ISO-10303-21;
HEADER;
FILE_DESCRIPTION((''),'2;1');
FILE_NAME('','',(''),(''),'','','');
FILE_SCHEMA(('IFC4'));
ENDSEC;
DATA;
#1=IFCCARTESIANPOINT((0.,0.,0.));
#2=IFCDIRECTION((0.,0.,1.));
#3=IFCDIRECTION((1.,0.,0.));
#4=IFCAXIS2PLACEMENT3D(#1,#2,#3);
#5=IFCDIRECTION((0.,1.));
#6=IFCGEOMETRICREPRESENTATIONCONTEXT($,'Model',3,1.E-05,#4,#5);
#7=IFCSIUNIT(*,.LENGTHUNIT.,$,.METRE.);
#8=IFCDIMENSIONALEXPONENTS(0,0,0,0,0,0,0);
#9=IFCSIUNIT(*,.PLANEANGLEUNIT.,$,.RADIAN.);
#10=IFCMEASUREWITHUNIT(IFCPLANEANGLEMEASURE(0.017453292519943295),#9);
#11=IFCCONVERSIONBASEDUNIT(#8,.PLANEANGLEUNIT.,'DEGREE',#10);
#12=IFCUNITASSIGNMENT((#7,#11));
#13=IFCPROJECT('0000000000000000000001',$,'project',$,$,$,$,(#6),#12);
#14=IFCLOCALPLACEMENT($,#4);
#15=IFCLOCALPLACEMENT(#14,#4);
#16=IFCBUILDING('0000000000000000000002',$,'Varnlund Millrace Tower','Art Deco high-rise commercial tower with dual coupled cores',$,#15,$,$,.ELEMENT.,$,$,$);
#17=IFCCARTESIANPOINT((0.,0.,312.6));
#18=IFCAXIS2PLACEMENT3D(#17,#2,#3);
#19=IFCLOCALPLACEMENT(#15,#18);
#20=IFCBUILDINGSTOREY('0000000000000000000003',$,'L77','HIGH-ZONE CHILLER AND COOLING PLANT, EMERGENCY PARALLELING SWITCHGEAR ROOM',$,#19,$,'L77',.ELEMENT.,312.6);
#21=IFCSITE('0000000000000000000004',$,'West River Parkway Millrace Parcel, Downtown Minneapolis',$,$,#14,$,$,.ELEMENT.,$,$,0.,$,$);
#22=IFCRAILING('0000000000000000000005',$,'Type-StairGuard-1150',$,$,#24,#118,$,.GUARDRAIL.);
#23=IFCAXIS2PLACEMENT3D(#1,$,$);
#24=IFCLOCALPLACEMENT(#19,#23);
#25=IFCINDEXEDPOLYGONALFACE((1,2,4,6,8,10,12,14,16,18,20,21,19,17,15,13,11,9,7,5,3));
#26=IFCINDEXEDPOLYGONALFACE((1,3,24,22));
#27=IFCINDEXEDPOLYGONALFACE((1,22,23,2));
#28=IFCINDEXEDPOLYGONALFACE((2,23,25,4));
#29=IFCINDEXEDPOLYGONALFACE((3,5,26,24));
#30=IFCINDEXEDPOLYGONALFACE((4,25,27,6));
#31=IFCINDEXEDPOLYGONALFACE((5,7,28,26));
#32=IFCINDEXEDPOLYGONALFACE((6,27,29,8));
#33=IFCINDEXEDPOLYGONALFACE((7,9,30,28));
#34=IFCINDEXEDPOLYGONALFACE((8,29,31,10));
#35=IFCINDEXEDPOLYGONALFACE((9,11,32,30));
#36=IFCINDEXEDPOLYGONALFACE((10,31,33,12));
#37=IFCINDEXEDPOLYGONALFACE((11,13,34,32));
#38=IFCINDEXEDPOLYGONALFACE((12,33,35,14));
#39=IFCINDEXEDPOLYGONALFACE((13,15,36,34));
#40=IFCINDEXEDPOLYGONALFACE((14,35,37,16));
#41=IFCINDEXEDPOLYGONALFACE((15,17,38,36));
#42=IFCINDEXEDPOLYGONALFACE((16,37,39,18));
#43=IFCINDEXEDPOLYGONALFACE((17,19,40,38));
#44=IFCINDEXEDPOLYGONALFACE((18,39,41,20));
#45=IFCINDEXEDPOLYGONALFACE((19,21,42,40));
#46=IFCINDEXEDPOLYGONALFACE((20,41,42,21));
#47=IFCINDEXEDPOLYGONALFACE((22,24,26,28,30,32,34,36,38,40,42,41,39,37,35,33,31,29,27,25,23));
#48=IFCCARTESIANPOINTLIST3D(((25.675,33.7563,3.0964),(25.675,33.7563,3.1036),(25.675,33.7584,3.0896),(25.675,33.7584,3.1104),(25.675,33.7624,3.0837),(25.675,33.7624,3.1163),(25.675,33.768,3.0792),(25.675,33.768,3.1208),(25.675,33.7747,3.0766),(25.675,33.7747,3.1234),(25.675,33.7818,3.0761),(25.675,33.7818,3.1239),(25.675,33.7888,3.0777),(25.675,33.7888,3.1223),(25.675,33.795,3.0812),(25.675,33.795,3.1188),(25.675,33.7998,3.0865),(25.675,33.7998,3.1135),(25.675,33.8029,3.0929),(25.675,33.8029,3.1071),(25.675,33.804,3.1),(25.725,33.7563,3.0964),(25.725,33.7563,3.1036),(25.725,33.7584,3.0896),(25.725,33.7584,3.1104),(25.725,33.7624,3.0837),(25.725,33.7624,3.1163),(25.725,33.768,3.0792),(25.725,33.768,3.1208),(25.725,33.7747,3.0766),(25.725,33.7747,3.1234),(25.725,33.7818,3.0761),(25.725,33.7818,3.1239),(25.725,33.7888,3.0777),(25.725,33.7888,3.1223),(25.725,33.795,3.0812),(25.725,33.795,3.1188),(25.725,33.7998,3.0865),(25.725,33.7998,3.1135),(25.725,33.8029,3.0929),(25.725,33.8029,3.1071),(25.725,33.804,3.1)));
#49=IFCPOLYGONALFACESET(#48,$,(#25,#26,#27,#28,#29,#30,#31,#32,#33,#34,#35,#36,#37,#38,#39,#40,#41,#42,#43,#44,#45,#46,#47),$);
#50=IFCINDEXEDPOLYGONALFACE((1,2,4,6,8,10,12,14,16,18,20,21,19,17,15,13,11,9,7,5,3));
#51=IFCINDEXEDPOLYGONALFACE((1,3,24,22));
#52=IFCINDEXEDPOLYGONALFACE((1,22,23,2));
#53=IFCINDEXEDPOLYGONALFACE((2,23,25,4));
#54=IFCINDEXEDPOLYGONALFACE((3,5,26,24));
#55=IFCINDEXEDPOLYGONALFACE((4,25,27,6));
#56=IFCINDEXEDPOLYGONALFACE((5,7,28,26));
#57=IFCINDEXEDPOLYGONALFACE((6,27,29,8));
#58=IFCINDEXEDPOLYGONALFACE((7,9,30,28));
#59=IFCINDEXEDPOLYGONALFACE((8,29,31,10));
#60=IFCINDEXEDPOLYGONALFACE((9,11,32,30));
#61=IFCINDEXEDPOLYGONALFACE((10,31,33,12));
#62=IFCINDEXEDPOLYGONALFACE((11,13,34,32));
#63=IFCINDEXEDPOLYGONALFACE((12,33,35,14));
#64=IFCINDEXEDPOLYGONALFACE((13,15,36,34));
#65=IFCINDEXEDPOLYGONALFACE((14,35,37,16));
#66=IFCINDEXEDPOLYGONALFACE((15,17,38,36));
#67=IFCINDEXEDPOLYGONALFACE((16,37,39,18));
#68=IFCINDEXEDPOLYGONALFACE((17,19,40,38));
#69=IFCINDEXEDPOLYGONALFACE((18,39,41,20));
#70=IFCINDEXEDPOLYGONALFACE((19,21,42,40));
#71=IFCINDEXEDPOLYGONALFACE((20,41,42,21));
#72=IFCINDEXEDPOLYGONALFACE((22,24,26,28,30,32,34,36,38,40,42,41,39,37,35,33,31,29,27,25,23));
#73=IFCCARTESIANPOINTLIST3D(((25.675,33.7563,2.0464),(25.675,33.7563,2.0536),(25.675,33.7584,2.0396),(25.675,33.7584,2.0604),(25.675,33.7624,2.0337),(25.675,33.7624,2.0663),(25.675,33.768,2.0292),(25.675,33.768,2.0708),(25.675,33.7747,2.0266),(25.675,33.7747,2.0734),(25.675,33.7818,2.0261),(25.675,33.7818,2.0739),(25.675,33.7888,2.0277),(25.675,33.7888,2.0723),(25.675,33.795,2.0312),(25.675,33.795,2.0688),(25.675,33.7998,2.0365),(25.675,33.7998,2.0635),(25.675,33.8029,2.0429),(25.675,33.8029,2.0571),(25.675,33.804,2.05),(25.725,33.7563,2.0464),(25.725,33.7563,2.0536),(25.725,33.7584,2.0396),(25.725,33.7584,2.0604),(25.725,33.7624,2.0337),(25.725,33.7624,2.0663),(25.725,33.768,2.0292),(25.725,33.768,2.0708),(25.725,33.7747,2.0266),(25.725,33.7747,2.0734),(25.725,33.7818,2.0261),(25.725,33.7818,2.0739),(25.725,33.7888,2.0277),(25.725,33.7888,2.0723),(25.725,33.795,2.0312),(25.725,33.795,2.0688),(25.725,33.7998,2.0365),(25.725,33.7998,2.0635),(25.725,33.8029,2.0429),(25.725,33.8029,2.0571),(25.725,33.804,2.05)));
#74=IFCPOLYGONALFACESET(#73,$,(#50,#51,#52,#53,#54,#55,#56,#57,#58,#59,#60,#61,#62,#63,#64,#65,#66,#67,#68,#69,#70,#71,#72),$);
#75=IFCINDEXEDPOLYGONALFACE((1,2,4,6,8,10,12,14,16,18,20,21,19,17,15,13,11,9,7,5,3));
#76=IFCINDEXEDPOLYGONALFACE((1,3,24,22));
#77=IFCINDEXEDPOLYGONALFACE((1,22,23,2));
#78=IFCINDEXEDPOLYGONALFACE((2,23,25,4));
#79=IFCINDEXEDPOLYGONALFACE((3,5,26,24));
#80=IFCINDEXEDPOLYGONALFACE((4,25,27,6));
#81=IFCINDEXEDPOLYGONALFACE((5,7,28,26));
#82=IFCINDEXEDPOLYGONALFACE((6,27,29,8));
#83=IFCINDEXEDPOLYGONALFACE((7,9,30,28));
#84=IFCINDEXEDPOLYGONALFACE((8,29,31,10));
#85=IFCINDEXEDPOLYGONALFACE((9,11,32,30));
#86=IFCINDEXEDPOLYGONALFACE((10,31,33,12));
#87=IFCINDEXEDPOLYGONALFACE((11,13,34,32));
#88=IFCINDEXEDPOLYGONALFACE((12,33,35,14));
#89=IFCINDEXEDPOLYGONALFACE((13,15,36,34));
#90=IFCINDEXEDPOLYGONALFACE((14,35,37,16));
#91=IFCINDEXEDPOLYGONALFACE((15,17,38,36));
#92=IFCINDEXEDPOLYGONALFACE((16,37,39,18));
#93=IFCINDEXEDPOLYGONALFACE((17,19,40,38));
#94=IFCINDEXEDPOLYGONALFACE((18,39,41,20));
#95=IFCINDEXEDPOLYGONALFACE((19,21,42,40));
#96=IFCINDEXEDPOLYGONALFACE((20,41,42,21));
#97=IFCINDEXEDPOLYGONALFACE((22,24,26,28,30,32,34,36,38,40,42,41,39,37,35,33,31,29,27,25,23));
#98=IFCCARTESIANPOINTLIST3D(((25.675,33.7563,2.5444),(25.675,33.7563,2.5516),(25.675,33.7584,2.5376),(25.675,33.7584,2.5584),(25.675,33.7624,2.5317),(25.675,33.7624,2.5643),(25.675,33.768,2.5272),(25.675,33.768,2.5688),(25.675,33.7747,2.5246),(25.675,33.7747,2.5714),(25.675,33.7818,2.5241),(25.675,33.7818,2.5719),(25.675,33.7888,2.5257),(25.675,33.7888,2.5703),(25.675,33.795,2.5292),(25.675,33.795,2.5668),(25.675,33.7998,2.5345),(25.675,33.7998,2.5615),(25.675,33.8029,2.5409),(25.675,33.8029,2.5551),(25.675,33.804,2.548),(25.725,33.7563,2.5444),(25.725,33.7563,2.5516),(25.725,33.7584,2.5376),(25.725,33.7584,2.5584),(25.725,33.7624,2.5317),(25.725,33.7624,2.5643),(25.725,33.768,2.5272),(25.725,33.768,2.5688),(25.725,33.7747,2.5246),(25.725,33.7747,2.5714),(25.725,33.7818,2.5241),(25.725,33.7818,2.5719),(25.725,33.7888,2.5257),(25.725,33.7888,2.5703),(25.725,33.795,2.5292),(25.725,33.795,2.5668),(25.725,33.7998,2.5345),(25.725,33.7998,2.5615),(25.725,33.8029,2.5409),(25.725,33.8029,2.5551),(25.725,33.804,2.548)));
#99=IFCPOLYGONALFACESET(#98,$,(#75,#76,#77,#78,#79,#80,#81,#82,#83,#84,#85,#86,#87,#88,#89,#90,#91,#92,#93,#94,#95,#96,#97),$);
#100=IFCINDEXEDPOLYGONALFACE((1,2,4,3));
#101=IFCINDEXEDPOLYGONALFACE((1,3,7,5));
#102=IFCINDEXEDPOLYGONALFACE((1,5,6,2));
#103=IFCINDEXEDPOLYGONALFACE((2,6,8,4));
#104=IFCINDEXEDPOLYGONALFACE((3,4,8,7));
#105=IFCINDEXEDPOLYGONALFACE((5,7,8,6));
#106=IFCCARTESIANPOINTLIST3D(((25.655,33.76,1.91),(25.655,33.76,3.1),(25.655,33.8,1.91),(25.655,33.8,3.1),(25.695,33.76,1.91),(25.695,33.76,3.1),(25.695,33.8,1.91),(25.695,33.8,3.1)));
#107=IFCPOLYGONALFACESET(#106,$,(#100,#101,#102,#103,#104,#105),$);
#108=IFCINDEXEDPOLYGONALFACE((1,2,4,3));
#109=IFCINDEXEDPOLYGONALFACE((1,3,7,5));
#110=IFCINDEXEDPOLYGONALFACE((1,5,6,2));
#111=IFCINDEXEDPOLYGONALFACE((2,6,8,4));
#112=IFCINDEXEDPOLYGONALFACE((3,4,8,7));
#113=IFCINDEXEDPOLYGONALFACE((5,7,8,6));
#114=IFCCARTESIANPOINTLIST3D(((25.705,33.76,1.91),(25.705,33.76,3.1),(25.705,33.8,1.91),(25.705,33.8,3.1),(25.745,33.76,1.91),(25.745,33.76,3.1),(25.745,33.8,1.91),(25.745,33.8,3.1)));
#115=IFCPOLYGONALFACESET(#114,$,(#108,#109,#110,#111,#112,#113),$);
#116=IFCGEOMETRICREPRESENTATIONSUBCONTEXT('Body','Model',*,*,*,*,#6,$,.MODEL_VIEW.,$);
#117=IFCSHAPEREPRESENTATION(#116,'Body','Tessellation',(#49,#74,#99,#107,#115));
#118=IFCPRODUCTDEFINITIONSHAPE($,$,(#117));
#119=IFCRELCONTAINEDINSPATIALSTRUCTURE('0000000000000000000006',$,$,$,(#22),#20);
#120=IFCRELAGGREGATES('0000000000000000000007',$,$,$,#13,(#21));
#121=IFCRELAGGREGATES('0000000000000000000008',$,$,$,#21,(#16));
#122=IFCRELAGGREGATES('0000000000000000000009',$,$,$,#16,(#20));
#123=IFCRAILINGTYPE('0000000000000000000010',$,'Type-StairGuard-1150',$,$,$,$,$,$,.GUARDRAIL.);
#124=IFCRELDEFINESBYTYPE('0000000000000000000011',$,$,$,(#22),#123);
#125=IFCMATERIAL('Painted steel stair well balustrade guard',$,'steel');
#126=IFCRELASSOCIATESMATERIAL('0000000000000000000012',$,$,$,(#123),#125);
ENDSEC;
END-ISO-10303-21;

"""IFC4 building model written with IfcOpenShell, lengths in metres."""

from ifc_helpers import new_model, entity, si_unit, converted_unit, direction, frame, origin_with_axes, origin_2d_with_axis, place, context, subcontext, project, spatial, rectangle, circle, extrude, material, type_object, element, save


model = new_model("IFC4")

# Units and contexts
model_context = context("Model", 3, precision=1e-05, world=origin_with_axes(), true_north=direction((0.0, 1.0)))
body_context = subcontext(model_context, "Body", "Model", "MODEL_VIEW")
ifc_project = project(units=[si_unit("LENGTHUNIT", "METRE"), converted_unit("PLANEANGLEUNIT", "DEGREE", entity("IfcPlaneAngleMeasure", 0.017453292519943295), si_unit("PLANEANGLEUNIT", "RADIAN"), dimensions=[0, 0, 0, 0, 0, 0, 0])], contexts=[model_context])

# Site, building, storey
site_placement = place(None, origin_with_axes())
site = spatial("IfcSite", under=ifc_project, at=site_placement, Name="West River Parkway Millrace Parcel, Downtown Minneapolis", CompositionType="ELEMENT", RefElevation=0.0)
building_placement = place(site_placement, origin_with_axes())
building = spatial("IfcBuilding", under=site, at=building_placement, Name="Varnlund Millrace Tower", Description="Art Deco high-rise commercial tower with dual coupled cores", CompositionType="ELEMENT")
storey_placement = place(building_placement, frame((0.0, 0.0, 312.6), z_axis=(0.0, 0.0, 1.0), x_axis=(1.0, 0.0, 0.0)))
storey = spatial("IfcBuildingStorey", under=building, at=storey_placement, Name="L77", Description="HIGH-ZONE CHILLER AND COOLING PLANT, EMERGENCY PARALLELING SWITCHGEAR ROOM", LongName="L77", CompositionType="ELEMENT", Elevation=312.6)

# Railing
ifc_material_1 = material(Name="Painted steel stair well balustrade guard", Category="steel")
railing_type_1 = type_object("IfcRailingType", Name="Type-StairGuard-1150", PredefinedType="GUARDRAIL", material=ifc_material_1)
railing_1_placement = place(storey_placement, frame((0.0, 0.0, -312.6), z_axis=(0.0, 0.0, 1.0), x_axis=(1.0, 0.0, 0.0)))
element("IfcRailing", 1, at=railing_1_placement, inside=storey, type_object=railing_type_1, Name="Type-StairGuard-1150", PredefinedType="GUARDRAIL", context=body_context, shape_type="SweptSolid", body=[
    extrude(circle(Radius=0.024, at=origin_2d_with_axis()), frame((25.675, 33.78, 315.7), z_axis=(1.0, 0.0, 0.0), x_axis=(0.0, 1.0, 0.0)), (0.0, 0.0, 1.0), 0.05),
    extrude(circle(Radius=0.024, at=origin_2d_with_axis()), frame((25.675, 33.78, 314.65), z_axis=(1.0, 0.0, 0.0), x_axis=(0.0, 1.0, 0.0)), (0.0, 0.0, 1.0), 0.05),
    extrude(circle(Radius=0.024, at=origin_2d_with_axis()), frame((25.675, 33.78, 315.148), z_axis=(1.0, 0.0, 0.0), x_axis=(0.0, 1.0, 0.0)), (0.0, 0.0, 1.0), 0.05),
    extrude(rectangle(XDim=0.04, YDim=0.04, at=origin_2d_with_axis()), frame((25.675, 33.78, 314.51), z_axis=(0.0, 0.0, 1.0), x_axis=(1.0, 0.0, 0.0)), (0.0, 0.0, 1.0), 1.19),
    extrude(rectangle(XDim=0.04, YDim=0.04, at=origin_2d_with_axis()), frame((25.725, 33.78, 314.51), z_axis=(0.0, 0.0, 1.0), x_axis=(1.0, 0.0, 0.0)), (0.0, 0.0, 1.0), 1.19),
])

save(model, "model.ifc")
